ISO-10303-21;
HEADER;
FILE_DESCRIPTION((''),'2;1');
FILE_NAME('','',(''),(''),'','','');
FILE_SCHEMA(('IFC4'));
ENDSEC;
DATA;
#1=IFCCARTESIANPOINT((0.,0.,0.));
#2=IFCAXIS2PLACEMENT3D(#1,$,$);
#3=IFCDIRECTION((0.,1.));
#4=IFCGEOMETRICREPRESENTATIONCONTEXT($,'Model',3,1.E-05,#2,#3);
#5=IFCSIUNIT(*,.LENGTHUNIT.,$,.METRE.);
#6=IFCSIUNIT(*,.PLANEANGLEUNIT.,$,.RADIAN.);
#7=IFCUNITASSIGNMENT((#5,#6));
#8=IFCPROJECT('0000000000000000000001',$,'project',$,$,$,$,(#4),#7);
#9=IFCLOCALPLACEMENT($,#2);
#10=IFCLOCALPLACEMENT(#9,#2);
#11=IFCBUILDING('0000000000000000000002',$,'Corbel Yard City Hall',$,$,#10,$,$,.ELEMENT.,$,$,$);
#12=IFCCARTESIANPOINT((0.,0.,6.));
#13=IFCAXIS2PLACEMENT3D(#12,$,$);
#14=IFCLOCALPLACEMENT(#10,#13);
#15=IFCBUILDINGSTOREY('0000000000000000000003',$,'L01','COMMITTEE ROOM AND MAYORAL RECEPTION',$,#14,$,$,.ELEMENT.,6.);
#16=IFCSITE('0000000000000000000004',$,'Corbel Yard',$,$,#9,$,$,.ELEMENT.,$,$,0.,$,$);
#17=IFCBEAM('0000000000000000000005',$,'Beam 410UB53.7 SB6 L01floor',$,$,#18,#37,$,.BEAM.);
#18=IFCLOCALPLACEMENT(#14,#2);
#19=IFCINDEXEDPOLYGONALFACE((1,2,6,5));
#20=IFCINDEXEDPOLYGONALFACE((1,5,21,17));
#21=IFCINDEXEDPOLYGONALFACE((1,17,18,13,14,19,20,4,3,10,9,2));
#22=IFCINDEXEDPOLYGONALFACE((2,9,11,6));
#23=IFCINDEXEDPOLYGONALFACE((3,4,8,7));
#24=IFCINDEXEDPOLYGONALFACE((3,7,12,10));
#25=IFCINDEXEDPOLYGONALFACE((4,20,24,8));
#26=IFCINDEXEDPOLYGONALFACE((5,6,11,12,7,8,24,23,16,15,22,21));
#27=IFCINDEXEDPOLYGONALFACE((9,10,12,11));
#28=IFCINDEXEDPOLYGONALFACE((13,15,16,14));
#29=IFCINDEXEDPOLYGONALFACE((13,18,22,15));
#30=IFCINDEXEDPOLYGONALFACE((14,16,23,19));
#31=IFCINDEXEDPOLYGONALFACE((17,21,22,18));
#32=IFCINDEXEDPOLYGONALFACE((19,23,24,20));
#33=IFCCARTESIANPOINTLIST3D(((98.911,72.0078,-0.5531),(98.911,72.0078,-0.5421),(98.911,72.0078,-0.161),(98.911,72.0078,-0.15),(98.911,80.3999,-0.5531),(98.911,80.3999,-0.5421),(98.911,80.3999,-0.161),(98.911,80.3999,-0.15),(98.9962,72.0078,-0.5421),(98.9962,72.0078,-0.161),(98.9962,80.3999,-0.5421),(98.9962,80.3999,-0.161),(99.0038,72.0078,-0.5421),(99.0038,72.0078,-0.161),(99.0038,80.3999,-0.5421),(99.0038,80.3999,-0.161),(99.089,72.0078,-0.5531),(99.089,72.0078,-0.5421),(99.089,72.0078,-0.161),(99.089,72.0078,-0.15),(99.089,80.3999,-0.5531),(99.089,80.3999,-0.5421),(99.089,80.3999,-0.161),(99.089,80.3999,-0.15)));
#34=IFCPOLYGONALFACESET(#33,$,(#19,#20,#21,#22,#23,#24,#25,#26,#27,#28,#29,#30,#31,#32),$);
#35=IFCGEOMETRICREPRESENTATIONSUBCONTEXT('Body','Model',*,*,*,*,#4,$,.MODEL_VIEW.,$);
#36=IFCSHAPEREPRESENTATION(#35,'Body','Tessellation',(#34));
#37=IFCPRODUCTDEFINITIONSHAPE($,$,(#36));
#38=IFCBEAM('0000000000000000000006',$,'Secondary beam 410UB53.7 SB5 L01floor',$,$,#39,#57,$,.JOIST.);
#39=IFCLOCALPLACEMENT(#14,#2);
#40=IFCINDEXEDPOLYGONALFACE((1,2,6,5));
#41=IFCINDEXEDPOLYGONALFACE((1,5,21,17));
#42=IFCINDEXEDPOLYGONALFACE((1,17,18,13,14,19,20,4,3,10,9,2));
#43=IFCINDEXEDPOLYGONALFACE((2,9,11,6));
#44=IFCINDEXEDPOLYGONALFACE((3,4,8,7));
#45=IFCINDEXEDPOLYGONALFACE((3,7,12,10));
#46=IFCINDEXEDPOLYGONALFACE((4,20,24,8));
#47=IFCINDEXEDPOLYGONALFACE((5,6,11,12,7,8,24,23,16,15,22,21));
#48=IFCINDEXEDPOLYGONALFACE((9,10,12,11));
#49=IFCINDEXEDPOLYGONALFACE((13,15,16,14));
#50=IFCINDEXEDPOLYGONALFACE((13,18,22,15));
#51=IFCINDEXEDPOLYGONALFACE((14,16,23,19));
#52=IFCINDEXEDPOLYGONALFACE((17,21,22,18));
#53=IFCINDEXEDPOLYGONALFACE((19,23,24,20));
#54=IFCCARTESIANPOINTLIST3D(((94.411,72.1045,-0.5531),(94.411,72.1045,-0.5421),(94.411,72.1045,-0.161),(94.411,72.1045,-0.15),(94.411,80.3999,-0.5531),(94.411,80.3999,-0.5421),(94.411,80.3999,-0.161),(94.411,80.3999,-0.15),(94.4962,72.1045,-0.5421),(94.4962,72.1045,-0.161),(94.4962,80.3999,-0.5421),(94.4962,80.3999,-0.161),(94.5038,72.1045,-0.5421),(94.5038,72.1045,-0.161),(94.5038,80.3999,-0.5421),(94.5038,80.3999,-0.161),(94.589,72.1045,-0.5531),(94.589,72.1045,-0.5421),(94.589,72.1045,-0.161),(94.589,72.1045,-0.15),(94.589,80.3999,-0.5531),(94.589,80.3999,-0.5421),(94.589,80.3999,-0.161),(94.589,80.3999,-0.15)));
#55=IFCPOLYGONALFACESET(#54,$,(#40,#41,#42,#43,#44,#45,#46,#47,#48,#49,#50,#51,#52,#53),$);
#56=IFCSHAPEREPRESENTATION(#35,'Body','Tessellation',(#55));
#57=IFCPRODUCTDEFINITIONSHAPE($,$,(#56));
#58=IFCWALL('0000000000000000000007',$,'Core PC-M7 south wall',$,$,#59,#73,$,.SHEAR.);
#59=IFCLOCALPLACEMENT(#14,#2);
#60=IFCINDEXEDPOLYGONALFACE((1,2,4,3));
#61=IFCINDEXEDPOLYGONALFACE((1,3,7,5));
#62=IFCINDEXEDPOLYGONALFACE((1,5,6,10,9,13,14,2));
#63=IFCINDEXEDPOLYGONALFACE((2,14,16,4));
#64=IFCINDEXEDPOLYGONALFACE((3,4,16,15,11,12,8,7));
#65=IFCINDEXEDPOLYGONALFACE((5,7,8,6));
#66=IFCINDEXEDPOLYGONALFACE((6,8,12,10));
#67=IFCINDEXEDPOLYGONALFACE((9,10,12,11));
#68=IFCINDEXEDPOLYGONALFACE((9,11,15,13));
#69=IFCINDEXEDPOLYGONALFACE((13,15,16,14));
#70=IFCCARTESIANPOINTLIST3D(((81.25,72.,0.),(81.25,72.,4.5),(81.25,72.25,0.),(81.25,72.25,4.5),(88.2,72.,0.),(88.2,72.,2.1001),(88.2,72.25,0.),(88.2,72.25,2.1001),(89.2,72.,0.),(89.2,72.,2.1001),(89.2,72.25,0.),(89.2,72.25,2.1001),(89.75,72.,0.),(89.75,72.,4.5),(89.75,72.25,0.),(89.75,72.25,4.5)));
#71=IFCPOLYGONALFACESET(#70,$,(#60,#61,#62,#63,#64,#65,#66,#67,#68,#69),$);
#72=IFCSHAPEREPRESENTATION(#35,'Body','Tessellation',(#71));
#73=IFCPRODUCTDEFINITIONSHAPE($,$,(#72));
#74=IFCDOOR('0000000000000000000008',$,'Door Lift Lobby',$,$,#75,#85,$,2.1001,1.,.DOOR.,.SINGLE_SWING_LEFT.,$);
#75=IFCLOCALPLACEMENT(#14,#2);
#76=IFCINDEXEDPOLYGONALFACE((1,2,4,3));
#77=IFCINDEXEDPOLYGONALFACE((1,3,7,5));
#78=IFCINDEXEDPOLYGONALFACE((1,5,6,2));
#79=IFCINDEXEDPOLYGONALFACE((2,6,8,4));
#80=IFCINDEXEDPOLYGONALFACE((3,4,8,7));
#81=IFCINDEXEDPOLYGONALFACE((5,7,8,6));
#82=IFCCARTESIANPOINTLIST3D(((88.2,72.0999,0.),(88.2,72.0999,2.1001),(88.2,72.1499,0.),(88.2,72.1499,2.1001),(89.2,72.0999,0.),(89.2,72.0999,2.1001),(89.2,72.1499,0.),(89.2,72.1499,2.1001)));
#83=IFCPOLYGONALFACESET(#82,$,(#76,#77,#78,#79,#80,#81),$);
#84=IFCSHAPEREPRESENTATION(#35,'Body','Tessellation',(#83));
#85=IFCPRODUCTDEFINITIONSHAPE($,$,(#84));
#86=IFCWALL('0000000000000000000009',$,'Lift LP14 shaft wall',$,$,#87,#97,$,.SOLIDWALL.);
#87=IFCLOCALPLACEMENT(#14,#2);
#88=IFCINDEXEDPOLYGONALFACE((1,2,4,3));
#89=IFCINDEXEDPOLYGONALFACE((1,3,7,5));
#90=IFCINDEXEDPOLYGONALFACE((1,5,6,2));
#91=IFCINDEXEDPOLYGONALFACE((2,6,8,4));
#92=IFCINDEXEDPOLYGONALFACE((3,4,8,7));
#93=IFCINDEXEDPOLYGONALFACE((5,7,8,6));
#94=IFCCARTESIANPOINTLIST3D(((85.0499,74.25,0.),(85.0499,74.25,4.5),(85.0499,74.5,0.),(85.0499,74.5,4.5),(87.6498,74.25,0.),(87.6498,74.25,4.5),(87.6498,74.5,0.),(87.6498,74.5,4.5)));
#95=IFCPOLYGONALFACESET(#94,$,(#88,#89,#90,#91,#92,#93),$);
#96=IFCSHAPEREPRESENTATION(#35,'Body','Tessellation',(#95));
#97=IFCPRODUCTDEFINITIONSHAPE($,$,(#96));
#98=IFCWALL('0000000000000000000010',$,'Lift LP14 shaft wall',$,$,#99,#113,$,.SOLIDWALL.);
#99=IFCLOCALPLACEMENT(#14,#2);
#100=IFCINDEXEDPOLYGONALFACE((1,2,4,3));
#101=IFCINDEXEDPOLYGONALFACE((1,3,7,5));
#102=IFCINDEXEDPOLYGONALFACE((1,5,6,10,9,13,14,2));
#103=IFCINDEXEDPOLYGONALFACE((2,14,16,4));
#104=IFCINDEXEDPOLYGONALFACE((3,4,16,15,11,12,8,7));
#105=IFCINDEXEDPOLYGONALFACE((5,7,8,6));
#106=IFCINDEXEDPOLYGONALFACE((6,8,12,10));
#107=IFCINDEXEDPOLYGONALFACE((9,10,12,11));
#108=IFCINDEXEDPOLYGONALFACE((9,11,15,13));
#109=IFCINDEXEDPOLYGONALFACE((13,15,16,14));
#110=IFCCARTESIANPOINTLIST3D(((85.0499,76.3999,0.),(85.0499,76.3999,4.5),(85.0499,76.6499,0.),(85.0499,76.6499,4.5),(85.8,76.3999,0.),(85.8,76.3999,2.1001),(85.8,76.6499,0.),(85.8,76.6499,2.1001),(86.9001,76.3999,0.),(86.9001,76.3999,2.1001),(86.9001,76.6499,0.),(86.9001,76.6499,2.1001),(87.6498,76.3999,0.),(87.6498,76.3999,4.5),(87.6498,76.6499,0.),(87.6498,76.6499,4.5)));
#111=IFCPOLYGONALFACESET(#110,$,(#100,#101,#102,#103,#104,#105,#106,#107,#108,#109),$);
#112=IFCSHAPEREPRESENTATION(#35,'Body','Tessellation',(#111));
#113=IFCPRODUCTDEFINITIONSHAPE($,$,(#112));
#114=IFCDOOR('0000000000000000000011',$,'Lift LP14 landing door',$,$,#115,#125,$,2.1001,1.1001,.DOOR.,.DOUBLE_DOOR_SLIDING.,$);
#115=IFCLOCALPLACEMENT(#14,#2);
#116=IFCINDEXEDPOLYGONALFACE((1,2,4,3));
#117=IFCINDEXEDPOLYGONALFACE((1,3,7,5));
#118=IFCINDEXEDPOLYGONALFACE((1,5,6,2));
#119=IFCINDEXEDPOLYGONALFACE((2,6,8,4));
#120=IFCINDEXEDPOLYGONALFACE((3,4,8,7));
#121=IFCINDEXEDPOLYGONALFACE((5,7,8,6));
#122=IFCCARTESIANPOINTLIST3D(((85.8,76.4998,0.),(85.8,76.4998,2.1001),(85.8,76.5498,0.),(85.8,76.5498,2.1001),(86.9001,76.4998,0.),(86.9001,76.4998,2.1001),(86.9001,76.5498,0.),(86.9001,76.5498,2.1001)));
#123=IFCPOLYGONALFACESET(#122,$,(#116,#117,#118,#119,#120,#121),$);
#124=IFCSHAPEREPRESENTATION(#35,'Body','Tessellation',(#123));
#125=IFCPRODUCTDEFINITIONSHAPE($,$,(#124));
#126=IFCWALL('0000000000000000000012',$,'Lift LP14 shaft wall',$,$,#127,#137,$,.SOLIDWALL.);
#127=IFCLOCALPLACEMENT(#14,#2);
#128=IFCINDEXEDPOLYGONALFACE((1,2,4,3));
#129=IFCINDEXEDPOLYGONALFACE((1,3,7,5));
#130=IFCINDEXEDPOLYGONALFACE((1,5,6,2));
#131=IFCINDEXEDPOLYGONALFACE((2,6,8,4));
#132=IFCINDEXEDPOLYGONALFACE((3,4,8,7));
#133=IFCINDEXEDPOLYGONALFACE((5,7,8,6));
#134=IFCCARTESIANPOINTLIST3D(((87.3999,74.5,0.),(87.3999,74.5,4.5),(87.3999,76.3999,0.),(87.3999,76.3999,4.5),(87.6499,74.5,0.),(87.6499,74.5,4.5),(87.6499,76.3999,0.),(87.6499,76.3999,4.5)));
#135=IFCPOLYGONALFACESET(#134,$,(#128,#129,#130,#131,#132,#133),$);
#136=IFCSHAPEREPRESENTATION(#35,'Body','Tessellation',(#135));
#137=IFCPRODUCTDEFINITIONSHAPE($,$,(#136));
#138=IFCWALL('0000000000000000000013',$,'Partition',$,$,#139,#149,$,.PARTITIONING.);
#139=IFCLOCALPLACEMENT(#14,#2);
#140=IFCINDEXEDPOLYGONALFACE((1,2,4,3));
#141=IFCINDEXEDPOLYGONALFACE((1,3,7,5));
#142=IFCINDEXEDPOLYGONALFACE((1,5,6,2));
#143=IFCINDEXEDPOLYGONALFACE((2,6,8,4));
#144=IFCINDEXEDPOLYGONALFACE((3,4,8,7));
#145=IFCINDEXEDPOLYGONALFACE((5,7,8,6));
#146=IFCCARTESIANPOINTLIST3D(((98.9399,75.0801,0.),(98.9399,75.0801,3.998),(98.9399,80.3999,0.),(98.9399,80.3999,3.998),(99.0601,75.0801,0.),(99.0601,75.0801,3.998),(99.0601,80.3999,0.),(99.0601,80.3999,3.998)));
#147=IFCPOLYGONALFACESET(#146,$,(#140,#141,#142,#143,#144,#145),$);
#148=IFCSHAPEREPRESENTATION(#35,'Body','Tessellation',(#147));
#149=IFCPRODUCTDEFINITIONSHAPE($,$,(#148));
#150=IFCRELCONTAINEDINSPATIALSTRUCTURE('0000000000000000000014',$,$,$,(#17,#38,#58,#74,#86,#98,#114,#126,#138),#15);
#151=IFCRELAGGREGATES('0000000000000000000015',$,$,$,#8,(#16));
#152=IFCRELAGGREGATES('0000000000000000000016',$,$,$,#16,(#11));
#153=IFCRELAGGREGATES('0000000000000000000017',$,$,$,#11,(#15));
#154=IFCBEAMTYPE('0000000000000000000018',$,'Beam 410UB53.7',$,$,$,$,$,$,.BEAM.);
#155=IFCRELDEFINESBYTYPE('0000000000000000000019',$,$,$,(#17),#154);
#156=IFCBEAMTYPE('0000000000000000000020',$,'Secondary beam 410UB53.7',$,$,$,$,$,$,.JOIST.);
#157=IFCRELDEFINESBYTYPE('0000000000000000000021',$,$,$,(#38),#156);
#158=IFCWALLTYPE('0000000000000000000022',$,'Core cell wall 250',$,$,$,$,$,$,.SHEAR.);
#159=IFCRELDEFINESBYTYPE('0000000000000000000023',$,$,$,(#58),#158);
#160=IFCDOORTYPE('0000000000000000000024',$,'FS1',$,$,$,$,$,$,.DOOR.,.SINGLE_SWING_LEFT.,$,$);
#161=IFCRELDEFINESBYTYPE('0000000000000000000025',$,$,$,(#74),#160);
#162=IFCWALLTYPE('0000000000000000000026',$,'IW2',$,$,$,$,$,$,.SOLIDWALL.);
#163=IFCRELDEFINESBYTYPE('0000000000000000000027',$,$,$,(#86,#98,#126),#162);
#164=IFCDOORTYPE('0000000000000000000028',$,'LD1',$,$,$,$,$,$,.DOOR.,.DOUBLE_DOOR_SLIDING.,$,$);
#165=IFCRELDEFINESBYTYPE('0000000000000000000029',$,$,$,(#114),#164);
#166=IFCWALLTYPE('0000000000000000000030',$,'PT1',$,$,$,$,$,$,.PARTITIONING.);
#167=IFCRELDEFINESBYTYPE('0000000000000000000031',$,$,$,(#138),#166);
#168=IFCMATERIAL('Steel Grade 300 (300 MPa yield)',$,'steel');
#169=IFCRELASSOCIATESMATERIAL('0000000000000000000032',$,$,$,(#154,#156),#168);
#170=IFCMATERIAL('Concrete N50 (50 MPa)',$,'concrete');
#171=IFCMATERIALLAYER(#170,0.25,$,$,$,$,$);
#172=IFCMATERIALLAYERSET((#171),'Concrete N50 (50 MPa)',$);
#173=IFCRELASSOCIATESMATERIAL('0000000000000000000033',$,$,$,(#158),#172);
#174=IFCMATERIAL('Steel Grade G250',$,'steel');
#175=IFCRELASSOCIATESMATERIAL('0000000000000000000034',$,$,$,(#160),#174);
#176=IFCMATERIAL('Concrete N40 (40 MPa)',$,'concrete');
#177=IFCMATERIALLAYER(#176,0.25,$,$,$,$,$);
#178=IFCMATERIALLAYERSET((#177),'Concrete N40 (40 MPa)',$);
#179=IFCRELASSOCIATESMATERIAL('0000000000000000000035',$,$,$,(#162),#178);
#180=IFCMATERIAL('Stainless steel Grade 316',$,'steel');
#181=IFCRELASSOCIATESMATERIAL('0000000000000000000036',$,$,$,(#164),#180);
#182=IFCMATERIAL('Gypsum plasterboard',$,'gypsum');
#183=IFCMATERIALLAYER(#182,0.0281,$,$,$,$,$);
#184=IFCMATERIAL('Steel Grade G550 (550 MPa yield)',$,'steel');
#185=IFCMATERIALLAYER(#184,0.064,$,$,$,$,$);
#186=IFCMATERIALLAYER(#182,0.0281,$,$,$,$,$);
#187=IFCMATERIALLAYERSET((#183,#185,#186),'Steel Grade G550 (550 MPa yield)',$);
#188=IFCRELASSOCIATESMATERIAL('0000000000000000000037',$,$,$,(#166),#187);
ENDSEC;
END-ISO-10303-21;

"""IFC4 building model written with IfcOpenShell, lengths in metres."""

from ifc_helpers import new_model, si_unit, direction, frame, frame_2d, origin, origin_2d, place, context, subcontext, project, spatial, rectangle, i_section, extrude, material, layer, layer_set, material_profile, profile_set, type_object, element, fill, save


model = new_model("IFC4")

# Units and contexts
model_context = context("Model", 3, precision=1e-05, world=origin(), true_north=direction((0.0, 1.0)))
body_context = subcontext(model_context, "Body", "Model", "MODEL_VIEW")
ifc_project = project(units=[si_unit("LENGTHUNIT", "METRE"), si_unit("PLANEANGLEUNIT", "RADIAN")], contexts=[model_context])

# Site, building, storey
site_placement = place(None, origin())
site = spatial("IfcSite", under=ifc_project, at=site_placement, Name="Corbel Yard", CompositionType="ELEMENT", RefElevation=0.0)
building_placement = place(site_placement, origin())
building = spatial("IfcBuilding", under=site, at=building_placement, Name="Corbel Yard City Hall", CompositionType="ELEMENT")
storey_placement = place(building_placement, frame((0.0, 0.0, 6.0)))
storey = spatial("IfcBuildingStorey", under=building, at=storey_placement, Name="L01", Description="COMMITTEE ROOM AND MAYORAL RECEPTION", CompositionType="ELEMENT", Elevation=6.0)

# Beams
ifc_material_1 = material(Name="Steel Grade 300 (300 MPa yield)", Category="steel")
ifc_material_profile_1 = material_profile(ifc_material_1, i_section(OverallWidth=0.178, OverallDepth=0.4031, WebThickness=0.0076, FlangeThickness=0.011, at=origin_2d()), Name="410UB53.7")
ifc_profile_set_1 = profile_set([ifc_material_profile_1], Name="Steel Grade 300 (300 MPa yield)")
beam_type_1 = type_object("IfcBeamType", Name="Beam 410UB53.7", PredefinedType="BEAM", material=ifc_profile_set_1)
beam_1_placement = place(storey_placement, frame((99.0, 72.0078, -0.3516), z_axis=(0.0, 1.0, 0.0), x_axis=(-1.0, 0.0, 0.0)))
element("IfcBeam", 1, at=beam_1_placement, inside=storey, type_object=beam_type_1, Name="Beam 410UB53.7 SB6 L01floor", PredefinedType="BEAM", context=body_context, shape_type="SweptSolid", body=[
    extrude(i_section(OverallWidth=0.178, OverallDepth=0.4031, WebThickness=0.0076, FlangeThickness=0.011, at=origin_2d()), origin(), (0.0, 0.0, 1.0), 8.3921),
])
ifc_material_profile_2 = material_profile(ifc_material_1, i_section(OverallWidth=0.178, OverallDepth=0.4031, WebThickness=0.0076, FlangeThickness=0.011, at=origin_2d()), Name="410UB53.7")
ifc_profile_set_2 = profile_set([ifc_material_profile_2], Name="Steel Grade 300 (300 MPa yield)")
beam_type_2 = type_object("IfcBeamType", Name="Secondary beam 410UB53.7", PredefinedType="JOIST", material=ifc_profile_set_2)
beam_2_placement = place(storey_placement, frame((94.5, 72.1045, -0.3516), z_axis=(0.0, 1.0, 0.0), x_axis=(-1.0, 0.0, 0.0)))
element("IfcBeam", 2, at=beam_2_placement, inside=storey, type_object=beam_type_2, Name="Secondary beam 410UB53.7 SB5 L01floor", PredefinedType="JOIST", context=body_context, shape_type="SweptSolid", body=[
    extrude(i_section(OverallWidth=0.178, OverallDepth=0.4031, WebThickness=0.0076, FlangeThickness=0.011, at=origin_2d()), origin(), (0.0, 0.0, 1.0), 8.2954),
])

# Wall, opening, door
ifc_material_2 = material(Name="Concrete N50 (50 MPa)", Category="concrete")
ifc_layer_1 = layer(ifc_material_2, 0.25)
ifc_layer_set_1 = layer_set([ifc_layer_1], Name="Concrete N50 (50 MPa)")
wall_type_1 = type_object("IfcWallType", Name="Core cell wall 250", PredefinedType="SHEAR", material=ifc_layer_set_1)
wall_1_placement = place(storey_placement, frame((81.25, 72.125, 0.0), z_axis=(0.0, 0.0, 1.0), x_axis=(1.0, 0.0, 0.0)))
wall_1 = element("IfcWall", 3, at=wall_1_placement, inside=storey, type_object=wall_type_1, Name="Core PC-M7 south wall", PredefinedType="SHEAR", context=body_context, shape_type="SweptSolid", body=[
    extrude(rectangle(XDim=8.5, YDim=0.25, at=frame_2d((4.25, 0.0))), origin(), (0.0, 0.0, 1.0), 4.5),
])
opening_1_placement = place(wall_1_placement, frame((6.95, 0.0, 0.0)))
opening_1 = element("IfcOpeningElement", 4, at=opening_1_placement, cuts=wall_1, PredefinedType="OPENING", context=body_context, shape_type="SweptSolid", body=[
    extrude(rectangle(XDim=1.0, YDim=2.1001, at=frame_2d((0.5, 1.05))), frame((0.0, 0.135, 0.0), z_axis=(0.0, -1.0, 0.0), x_axis=(1.0, 0.0, 0.0)), (0.0, 0.0, 1.0), 0.27),
])
ifc_material_3 = material(Name="Steel Grade G250", Category="steel")
door_type_1 = type_object("IfcDoorType", Name="FS1", OperationType="SINGLE_SWING_LEFT", PredefinedType="DOOR", material=ifc_material_3)
door_1_placement = place(opening_1_placement, origin())
door_1 = element("IfcDoor", 5, at=door_1_placement, inside=storey, type_object=door_type_1, Name="Door Lift Lobby", OperationType="SINGLE_SWING_LEFT", OverallHeight=2.1001, OverallWidth=1.0, PredefinedType="DOOR", context=body_context, shape_type="SweptSolid", body=[
    extrude(rectangle(XDim=1.0, YDim=2.1001, at=frame_2d((0.5, 1.05))), frame((0.0, 0.0249, 0.0), z_axis=(0.0, -1.0, 0.0), x_axis=(1.0, 0.0, 0.0)), (0.0, 0.0, 1.0), 0.05),
])
fill(opening_1, door_1)

# Wall
ifc_material_4 = material(Name="Concrete N40 (40 MPa)", Category="concrete")
ifc_layer_2 = layer(ifc_material_4, 0.25)
ifc_layer_set_2 = layer_set([ifc_layer_2], Name="Concrete N40 (40 MPa)")
wall_type_2 = type_object("IfcWallType", Name="IW2", PredefinedType="SOLIDWALL", material=ifc_layer_set_2)
wall_2_placement = place(storey_placement, frame((85.05, 74.375, 0.0), z_axis=(0.0, 0.0, 1.0), x_axis=(1.0, 0.0, 0.0)))
element("IfcWall", 6, at=wall_2_placement, inside=storey, type_object=wall_type_2, Name="Lift LP14 shaft wall", PredefinedType="SOLIDWALL", context=body_context, shape_type="SweptSolid", body=[
    extrude(rectangle(XDim=2.5999, YDim=0.25, at=frame_2d((1.2998, 0.0))), origin(), (0.0, 0.0, 1.0), 4.5),
])

# Wall, opening, door
wall_3_placement = place(storey_placement, frame((85.05, 76.5249, 0.0), z_axis=(0.0, 0.0, 1.0), x_axis=(1.0, 0.0, 0.0)))
wall_3 = element("IfcWall", 7, at=wall_3_placement, inside=storey, type_object=wall_type_2, Name="Lift LP14 shaft wall", PredefinedType="SOLIDWALL", context=body_context, shape_type="SweptSolid", body=[
    extrude(rectangle(XDim=2.5999, YDim=0.25, at=frame_2d((1.2998, 0.0))), origin(), (0.0, 0.0, 1.0), 4.5),
])
opening_2_placement = place(wall_3_placement, frame((0.75, 0.0, 0.0)))
opening_2 = element("IfcOpeningElement", 8, at=opening_2_placement, cuts=wall_3, PredefinedType="OPENING", context=body_context, shape_type="SweptSolid", body=[
    extrude(rectangle(XDim=1.1001, YDim=2.1001, at=frame_2d((0.55, 1.05))), frame((0.0, 0.135, 0.0), z_axis=(0.0, -1.0, 0.0), x_axis=(1.0, 0.0, 0.0)), (0.0, 0.0, 1.0), 0.27),
])
ifc_material_5 = material(Name="Stainless steel Grade 316", Category="steel")
door_type_2 = type_object("IfcDoorType", Name="LD1", OperationType="DOUBLE_DOOR_SLIDING", PredefinedType="DOOR", material=ifc_material_5)
door_2_placement = place(opening_2_placement, origin())
door_2 = element("IfcDoor", 9, at=door_2_placement, inside=storey, type_object=door_type_2, Name="Lift LP14 landing door", OperationType="DOUBLE_DOOR_SLIDING", OverallHeight=2.1001, OverallWidth=1.1001, PredefinedType="DOOR", context=body_context, shape_type="SweptSolid", body=[
    extrude(rectangle(XDim=1.1001, YDim=2.1001, at=frame_2d((0.55, 1.05))), frame((0.0, 0.0249, 0.0), z_axis=(0.0, -1.0, 0.0), x_axis=(1.0, 0.0, 0.0)), (0.0, 0.0, 1.0), 0.05),
])
fill(opening_2, door_2)

# Walls
wall_4_placement = place(storey_placement, frame((87.5249, 74.5, 0.0), z_axis=(0.0, 0.0, 1.0), x_axis=(0.0, 1.0, 0.0)))
element("IfcWall", 10, at=wall_4_placement, inside=storey, type_object=wall_type_2, Name="Lift LP14 shaft wall", PredefinedType="SOLIDWALL", context=body_context, shape_type="SweptSolid", body=[
    extrude(rectangle(XDim=1.8999, YDim=0.25, at=frame_2d((0.95, 0.0))), origin(), (0.0, 0.0, 1.0), 4.5),
])
ifc_material_6 = material(Name="Gypsum plasterboard", Category="gypsum")
ifc_layer_3 = layer(ifc_material_6, 0.0281)
ifc_material_7 = material(Name="Steel Grade G550 (550 MPa yield)", Category="steel")
ifc_layer_4 = layer(ifc_material_7, 0.064)
ifc_layer_5 = layer(ifc_material_6, 0.0281)
ifc_layer_set_3 = layer_set([ifc_layer_3, ifc_layer_4, ifc_layer_5], Name="Steel Grade G550 (550 MPa yield)")
wall_type_3 = type_object("IfcWallType", Name="PT1", PredefinedType="PARTITIONING", material=ifc_layer_set_3)
wall_5_placement = place(storey_placement, frame((99.0, 75.0801, 0.0), z_axis=(0.0, 0.0, 1.0), x_axis=(0.0, 1.0, 0.0)))
element("IfcWall", 11, at=wall_5_placement, inside=storey, type_object=wall_type_3, Name="Partition", PredefinedType="PARTITIONING", context=body_context, shape_type="SweptSolid", body=[
    extrude(rectangle(XDim=5.3198, YDim=0.1201, at=frame_2d((2.6599, 0.0))), origin(), (0.0, 0.0, 1.0), 3.998),
])

save(model, "model.ifc")
